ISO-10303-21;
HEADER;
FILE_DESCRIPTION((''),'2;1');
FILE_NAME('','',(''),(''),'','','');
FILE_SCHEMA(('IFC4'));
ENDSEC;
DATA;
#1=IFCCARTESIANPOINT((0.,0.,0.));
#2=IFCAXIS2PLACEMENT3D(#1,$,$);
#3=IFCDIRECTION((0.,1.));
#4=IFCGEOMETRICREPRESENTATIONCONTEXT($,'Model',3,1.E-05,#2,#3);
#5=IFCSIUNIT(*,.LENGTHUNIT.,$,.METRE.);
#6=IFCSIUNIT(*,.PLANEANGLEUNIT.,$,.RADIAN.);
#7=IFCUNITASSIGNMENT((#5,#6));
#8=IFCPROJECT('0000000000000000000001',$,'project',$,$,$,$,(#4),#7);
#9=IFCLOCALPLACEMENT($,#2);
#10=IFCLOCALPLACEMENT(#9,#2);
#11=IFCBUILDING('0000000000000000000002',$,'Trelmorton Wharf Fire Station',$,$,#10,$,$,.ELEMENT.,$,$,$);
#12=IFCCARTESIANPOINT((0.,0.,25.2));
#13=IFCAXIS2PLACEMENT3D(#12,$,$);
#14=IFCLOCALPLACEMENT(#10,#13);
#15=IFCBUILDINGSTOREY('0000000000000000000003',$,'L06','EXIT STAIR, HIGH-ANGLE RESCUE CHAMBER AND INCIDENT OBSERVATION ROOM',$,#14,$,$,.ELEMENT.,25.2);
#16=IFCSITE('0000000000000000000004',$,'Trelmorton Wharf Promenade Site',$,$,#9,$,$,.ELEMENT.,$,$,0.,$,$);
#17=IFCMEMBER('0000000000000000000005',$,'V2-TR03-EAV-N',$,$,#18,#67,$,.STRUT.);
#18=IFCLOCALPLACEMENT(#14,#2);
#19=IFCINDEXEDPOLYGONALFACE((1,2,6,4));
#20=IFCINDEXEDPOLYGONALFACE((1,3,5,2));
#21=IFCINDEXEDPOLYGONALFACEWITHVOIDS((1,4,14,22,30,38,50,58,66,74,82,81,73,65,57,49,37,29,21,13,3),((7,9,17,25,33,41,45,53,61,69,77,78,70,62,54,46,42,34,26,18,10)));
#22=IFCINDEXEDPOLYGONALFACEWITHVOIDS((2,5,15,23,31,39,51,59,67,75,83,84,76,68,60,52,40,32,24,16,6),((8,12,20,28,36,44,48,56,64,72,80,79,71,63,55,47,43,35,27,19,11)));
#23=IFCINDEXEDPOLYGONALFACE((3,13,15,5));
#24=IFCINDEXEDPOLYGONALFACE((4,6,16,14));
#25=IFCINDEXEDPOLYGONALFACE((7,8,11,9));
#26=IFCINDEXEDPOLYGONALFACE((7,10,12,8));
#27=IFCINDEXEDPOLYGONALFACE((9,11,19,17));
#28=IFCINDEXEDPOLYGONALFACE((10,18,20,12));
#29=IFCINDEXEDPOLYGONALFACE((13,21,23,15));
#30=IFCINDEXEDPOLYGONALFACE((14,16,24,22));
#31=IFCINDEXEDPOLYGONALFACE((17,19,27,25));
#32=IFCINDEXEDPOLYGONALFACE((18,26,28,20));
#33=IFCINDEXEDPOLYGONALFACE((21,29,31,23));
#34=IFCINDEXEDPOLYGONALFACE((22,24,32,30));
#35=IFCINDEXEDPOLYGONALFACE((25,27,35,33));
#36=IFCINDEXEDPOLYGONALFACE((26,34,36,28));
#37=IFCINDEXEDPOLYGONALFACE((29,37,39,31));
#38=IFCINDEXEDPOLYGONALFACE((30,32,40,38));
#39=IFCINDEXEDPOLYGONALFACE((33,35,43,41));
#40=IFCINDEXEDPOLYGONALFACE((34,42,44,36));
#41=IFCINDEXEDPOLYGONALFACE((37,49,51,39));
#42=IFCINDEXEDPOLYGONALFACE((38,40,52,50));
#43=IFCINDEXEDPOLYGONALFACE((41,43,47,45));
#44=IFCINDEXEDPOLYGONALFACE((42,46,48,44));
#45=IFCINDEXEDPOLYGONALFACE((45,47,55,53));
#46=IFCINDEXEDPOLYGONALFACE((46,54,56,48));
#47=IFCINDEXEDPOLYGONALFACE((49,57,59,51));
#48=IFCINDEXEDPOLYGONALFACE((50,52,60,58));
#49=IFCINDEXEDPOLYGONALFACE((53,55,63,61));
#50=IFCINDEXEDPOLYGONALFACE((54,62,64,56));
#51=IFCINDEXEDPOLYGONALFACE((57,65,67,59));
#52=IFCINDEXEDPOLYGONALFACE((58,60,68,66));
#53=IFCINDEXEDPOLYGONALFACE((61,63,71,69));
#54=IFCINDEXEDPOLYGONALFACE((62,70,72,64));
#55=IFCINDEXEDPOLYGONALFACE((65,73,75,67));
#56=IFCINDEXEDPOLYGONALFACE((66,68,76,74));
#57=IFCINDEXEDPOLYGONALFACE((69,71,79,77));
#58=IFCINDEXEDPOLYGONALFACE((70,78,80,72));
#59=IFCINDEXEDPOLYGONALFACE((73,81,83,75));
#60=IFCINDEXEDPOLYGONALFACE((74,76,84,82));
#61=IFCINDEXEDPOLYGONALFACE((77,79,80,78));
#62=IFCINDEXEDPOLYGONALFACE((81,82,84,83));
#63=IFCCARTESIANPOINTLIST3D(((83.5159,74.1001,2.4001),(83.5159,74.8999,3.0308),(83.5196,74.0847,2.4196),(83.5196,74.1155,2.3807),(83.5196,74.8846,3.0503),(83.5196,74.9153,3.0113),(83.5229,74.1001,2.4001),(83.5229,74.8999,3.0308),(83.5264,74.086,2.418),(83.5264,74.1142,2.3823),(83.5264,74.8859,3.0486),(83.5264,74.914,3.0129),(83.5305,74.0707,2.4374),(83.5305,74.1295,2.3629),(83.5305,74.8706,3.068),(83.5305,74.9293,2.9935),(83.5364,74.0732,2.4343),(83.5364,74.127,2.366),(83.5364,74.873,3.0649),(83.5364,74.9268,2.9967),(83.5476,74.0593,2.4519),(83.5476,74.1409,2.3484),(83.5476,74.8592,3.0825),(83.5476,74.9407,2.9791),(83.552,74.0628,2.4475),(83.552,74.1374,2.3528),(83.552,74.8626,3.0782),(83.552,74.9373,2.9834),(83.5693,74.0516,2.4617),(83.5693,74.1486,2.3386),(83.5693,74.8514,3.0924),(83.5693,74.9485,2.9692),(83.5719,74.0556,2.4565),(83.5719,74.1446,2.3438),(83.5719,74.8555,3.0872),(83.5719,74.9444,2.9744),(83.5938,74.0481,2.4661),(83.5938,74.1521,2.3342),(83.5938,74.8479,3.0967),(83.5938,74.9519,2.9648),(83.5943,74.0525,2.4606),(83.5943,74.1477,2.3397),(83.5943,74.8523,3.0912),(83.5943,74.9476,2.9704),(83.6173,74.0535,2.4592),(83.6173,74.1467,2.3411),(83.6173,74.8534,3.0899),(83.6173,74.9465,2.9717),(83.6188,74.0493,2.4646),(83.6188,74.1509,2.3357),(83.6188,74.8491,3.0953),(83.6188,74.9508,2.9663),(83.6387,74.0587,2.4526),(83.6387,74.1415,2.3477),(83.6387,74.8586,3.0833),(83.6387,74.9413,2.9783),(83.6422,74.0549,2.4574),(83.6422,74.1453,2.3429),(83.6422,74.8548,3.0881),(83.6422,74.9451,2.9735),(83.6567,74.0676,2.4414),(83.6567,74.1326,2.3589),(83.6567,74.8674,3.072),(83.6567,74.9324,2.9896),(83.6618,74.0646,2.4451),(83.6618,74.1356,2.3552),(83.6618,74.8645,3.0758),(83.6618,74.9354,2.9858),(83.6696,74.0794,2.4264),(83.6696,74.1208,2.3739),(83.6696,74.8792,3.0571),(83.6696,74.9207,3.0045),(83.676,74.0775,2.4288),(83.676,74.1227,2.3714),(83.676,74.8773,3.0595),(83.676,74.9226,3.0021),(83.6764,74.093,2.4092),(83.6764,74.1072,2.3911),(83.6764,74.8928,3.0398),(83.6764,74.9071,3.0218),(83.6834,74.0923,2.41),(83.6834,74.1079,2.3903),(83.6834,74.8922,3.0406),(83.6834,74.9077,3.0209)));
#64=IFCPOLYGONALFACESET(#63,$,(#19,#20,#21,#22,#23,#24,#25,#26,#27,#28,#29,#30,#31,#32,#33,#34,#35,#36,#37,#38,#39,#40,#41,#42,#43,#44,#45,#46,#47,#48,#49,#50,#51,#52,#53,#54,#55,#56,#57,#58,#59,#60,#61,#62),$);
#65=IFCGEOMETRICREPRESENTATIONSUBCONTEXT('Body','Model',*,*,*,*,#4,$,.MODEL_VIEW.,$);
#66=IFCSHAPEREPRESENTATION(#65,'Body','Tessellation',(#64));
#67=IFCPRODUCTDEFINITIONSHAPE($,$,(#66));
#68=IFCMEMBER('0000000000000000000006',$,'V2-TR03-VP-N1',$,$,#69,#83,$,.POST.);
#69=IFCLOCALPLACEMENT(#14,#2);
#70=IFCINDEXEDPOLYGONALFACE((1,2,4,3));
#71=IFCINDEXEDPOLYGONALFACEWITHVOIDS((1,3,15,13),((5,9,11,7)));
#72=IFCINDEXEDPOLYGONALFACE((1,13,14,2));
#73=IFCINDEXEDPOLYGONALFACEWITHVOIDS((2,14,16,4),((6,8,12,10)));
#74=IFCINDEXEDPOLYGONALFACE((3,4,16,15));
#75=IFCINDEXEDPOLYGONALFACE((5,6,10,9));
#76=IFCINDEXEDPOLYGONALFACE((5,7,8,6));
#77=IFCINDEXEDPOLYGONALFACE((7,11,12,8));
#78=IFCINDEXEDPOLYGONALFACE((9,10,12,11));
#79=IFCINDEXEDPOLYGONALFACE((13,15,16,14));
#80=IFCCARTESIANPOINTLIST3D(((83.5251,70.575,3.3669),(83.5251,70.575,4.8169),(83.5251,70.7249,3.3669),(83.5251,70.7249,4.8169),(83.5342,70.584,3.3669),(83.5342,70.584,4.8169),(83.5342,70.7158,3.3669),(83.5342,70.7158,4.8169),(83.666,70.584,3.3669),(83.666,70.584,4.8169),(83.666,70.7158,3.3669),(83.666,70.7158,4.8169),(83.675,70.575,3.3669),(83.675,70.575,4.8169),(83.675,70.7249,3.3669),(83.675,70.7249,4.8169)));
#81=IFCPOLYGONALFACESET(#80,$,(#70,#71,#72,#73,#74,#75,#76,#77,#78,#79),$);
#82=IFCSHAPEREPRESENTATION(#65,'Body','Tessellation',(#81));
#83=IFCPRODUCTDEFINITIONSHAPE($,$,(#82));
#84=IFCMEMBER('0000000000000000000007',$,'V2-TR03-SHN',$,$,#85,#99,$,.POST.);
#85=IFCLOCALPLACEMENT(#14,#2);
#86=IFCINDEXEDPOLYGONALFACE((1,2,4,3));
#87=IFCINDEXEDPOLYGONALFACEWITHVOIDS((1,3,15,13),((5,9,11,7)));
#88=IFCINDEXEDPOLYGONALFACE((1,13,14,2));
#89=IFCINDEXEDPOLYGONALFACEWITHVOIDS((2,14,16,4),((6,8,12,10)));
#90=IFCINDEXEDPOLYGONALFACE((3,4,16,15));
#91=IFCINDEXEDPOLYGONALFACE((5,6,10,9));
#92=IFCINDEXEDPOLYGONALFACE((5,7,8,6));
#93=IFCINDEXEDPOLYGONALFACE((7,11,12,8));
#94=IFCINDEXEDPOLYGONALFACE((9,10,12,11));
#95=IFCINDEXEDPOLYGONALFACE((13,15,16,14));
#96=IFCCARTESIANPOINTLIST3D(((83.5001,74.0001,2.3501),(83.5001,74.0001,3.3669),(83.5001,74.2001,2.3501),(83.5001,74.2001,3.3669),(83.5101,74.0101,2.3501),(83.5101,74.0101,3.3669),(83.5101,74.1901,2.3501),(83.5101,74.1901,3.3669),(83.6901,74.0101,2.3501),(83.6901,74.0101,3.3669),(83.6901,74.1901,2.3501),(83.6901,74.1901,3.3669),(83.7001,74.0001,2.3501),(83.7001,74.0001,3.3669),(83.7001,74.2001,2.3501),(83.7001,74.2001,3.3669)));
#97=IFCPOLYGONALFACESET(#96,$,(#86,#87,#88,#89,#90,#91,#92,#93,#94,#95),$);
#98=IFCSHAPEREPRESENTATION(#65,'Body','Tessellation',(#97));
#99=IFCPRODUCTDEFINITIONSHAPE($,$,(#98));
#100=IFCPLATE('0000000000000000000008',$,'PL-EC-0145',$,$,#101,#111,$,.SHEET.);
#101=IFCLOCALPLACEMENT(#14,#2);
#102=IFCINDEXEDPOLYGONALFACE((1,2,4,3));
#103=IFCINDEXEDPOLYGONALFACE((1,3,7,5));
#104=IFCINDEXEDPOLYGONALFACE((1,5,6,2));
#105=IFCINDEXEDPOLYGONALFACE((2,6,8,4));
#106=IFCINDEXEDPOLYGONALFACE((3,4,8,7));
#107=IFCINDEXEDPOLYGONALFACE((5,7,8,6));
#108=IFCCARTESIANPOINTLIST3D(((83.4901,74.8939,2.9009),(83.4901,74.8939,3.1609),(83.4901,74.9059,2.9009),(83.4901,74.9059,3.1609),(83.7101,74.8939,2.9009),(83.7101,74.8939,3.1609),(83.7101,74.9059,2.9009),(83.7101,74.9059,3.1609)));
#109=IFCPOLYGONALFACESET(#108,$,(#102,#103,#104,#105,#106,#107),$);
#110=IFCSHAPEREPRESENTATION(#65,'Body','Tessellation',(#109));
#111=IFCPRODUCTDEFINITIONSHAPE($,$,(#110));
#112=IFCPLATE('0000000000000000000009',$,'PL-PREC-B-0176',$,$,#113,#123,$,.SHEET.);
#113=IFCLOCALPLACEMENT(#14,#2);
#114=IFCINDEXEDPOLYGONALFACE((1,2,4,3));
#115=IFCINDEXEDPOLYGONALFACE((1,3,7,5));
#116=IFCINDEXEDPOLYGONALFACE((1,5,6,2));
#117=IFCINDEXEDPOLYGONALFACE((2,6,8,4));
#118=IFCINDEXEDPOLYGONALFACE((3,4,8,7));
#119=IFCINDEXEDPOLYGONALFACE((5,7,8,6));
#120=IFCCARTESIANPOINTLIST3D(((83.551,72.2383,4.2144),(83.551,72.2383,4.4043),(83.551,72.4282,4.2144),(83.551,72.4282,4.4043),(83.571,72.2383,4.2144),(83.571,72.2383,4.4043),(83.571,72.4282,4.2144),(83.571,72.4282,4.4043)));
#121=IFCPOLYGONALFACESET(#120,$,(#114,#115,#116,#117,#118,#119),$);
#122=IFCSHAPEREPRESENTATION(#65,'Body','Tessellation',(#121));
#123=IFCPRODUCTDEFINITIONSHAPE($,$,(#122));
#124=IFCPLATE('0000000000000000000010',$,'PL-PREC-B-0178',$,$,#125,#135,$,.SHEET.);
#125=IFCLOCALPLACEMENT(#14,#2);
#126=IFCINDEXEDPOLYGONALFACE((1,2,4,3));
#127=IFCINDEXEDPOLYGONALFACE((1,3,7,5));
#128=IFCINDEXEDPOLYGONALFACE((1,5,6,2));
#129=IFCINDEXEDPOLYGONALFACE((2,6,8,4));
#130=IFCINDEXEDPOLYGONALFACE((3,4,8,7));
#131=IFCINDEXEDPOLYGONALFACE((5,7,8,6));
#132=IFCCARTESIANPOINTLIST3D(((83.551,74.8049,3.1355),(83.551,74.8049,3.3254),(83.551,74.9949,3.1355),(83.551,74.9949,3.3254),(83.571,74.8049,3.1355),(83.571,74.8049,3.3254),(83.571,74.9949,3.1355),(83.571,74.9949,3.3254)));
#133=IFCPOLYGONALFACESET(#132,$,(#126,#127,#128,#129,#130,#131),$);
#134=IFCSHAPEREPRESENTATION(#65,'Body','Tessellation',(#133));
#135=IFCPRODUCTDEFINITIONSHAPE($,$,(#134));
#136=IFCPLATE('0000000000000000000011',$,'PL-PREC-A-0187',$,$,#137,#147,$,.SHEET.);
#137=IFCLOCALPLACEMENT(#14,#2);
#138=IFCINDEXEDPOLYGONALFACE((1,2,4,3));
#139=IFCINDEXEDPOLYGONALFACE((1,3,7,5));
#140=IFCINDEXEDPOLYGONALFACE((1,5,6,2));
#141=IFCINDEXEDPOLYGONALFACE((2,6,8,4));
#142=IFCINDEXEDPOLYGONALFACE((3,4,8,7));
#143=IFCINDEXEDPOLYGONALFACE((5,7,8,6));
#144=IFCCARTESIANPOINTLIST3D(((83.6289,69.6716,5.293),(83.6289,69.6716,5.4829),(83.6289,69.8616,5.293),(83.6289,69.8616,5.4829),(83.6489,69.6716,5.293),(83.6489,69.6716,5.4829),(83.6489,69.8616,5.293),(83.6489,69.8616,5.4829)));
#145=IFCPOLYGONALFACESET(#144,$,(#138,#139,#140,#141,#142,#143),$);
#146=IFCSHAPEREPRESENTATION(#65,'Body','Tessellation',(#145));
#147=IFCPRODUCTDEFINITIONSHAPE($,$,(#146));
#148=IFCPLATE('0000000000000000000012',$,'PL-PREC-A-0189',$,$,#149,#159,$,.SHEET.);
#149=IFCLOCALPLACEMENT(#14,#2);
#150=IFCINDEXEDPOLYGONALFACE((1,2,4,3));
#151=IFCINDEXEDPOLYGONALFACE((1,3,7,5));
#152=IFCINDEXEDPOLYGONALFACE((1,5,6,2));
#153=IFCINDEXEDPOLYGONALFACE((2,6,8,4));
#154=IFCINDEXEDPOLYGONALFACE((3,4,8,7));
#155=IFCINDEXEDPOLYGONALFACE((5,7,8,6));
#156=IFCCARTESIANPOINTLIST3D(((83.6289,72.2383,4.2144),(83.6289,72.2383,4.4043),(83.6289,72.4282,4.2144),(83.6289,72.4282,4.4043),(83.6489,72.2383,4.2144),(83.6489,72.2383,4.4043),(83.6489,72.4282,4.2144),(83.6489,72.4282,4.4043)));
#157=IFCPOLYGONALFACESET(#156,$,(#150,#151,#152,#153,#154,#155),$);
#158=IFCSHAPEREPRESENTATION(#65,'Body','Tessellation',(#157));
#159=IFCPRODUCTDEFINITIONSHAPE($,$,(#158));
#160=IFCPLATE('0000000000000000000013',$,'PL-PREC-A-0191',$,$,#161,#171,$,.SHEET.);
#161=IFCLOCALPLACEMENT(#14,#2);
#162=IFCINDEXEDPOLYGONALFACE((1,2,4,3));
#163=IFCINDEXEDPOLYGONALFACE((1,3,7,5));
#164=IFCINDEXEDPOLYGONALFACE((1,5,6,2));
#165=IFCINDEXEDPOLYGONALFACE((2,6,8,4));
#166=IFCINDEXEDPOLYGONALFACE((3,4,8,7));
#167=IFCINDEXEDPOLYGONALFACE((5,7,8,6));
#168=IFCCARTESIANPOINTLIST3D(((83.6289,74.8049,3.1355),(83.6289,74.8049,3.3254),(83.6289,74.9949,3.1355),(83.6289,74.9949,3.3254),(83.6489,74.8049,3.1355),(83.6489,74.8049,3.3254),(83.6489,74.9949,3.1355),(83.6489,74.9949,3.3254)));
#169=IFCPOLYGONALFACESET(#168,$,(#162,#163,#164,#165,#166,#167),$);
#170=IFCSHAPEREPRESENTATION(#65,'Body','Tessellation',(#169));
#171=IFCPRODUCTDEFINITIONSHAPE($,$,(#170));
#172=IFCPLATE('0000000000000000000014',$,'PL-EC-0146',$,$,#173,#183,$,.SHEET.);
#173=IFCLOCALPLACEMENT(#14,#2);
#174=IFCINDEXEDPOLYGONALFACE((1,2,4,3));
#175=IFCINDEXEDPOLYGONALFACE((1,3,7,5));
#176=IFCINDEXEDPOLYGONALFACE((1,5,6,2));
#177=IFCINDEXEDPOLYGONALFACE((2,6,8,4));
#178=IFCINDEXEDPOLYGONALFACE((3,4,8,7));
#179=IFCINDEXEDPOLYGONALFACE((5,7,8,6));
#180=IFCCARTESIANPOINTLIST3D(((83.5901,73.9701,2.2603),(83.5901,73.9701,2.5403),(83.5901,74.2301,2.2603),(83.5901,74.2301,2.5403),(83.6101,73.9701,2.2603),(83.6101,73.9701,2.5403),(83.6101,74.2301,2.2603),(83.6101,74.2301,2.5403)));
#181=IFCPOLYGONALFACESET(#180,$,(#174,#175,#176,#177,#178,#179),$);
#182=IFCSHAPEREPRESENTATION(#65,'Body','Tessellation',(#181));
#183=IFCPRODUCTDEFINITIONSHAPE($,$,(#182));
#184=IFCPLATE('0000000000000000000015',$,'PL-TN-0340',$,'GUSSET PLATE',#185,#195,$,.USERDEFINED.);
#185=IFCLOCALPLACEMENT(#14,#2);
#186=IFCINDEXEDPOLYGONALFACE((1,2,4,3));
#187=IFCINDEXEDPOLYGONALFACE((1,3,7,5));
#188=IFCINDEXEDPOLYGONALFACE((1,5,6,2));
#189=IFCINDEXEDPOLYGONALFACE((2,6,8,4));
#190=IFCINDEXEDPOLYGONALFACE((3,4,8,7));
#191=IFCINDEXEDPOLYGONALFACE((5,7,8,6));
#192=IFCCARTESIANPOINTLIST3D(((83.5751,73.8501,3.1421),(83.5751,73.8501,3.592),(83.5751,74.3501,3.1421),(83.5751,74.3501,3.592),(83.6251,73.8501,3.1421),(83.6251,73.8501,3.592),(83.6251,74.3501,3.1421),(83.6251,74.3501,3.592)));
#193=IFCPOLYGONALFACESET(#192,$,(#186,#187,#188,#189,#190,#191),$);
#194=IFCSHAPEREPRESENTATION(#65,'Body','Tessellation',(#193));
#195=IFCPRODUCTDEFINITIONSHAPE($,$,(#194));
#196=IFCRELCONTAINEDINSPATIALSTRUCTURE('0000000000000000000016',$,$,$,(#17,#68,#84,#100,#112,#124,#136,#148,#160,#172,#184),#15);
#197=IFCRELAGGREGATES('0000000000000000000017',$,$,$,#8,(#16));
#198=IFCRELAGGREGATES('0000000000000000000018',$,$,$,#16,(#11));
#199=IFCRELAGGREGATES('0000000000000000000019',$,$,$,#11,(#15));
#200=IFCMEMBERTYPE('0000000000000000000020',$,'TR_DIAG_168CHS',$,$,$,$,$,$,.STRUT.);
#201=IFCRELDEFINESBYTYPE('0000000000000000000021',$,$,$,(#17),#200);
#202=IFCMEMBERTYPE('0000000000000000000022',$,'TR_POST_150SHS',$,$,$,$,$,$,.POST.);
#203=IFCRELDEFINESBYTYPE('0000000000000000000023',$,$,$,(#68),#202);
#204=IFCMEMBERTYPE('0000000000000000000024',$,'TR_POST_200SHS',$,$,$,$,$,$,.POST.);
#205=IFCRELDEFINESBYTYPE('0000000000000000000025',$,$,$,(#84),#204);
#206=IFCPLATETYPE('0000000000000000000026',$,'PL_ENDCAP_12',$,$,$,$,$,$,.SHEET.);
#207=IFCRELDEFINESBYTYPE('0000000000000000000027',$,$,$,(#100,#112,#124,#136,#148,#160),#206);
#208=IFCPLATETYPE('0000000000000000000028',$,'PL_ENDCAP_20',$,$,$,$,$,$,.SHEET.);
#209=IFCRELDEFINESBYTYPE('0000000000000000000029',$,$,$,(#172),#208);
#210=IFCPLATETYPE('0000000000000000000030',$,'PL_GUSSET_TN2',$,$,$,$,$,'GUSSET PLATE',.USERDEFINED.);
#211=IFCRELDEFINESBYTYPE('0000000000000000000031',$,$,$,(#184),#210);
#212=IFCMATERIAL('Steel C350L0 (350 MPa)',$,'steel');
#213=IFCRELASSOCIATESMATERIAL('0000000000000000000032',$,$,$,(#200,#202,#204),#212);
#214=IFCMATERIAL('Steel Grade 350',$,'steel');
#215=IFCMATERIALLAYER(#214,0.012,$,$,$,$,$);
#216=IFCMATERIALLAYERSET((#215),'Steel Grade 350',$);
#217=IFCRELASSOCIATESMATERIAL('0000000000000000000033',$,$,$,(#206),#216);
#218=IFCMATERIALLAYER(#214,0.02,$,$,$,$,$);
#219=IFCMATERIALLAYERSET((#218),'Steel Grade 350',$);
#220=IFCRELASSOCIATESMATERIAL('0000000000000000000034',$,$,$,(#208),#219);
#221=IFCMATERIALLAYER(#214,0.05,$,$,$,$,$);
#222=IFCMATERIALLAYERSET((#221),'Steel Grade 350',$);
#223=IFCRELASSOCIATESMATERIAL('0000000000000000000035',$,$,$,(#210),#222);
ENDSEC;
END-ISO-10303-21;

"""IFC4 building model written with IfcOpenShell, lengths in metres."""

from ifc_helpers import new_model, si_unit, direction, frame, origin, origin_2d, place, context, subcontext, project, spatial, rectangle, hollow_rectangle, hollow_circle, extrude, material, layer, layer_set, material_profile, profile_set, type_object, element, save


model = new_model("IFC4")

# Units and contexts
model_context = context("Model", 3, precision=1e-05, world=origin(), true_north=direction((0.0, 1.0)))
body_context = subcontext(model_context, "Body", "Model", "MODEL_VIEW")
ifc_project = project(units=[si_unit("LENGTHUNIT", "METRE"), si_unit("PLANEANGLEUNIT", "RADIAN")], contexts=[model_context])

# Site, building, storey
site_placement = place(None, origin())
site = spatial("IfcSite", under=ifc_project, at=site_placement, Name="Trelmorton Wharf Promenade Site", CompositionType="ELEMENT", RefElevation=0.0)
building_placement = place(site_placement, origin())
building = spatial("IfcBuilding", under=site, at=building_placement, Name="Trelmorton Wharf Fire Station", CompositionType="ELEMENT")
storey_placement = place(building_placement, frame((0.0, 0.0, 25.2)))
storey = spatial("IfcBuildingStorey", under=building, at=storey_placement, Name="L06", Description="EXIT STAIR, HIGH-ANGLE RESCUE CHAMBER AND INCIDENT OBSERVATION ROOM", CompositionType="ELEMENT", Elevation=25.2)

# Shared definitions
ifc_material_1 = material(Name="Steel Grade 350", Category="steel")

# Members
ifc_material_2 = material(Name="Steel C350L0 (350 MPa)", Category="steel")
ifc_material_profile_1 = material_profile(ifc_material_2, hollow_circle(Radius=0.0842, WallThickness=0.0071, at=origin_2d()), Name="168.3x7.1CHS")
ifc_profile_set_1 = profile_set([ifc_material_profile_1], Name="Steel C350L0 (350 MPa)")
member_type_1 = type_object("IfcMemberType", Name="TR_DIAG_168CHS", PredefinedType="STRUT", material=ifc_profile_set_1)
member_1_placement = place(storey_placement, frame((83.6001, 74.1001, 2.4001), z_axis=(0.0, 0.785269, 0.619155), x_axis=(-1.0, 0.0, 0.0)))
element("IfcMember", 1, at=member_1_placement, inside=storey, type_object=member_type_1, Name="V2-TR03-EAV-N", PredefinedType="STRUT", context=body_context, shape_type="SweptSolid", body=[
    extrude(hollow_circle(Radius=0.0842, WallThickness=0.0071, at=origin_2d()), origin(), (0.0, 0.0, 1.0), 1.0186),
])
ifc_material_profile_2 = material_profile(ifc_material_2, hollow_rectangle(XDim=0.1499, YDim=0.1499, WallThickness=0.009, at=origin_2d()), Name="150x150x9.0SHS")
ifc_profile_set_2 = profile_set([ifc_material_profile_2], Name="Steel C350L0 (350 MPa)")
member_type_2 = type_object("IfcMemberType", Name="TR_POST_150SHS", PredefinedType="POST", material=ifc_profile_set_2)
member_2_placement = place(storey_placement, frame((83.6001, 70.6499, 3.3669), z_axis=(0.0, 0.0, 1.0), x_axis=(1.0, 0.0, 0.0)))
element("IfcMember", 2, at=member_2_placement, inside=storey, type_object=member_type_2, Name="V2-TR03-VP-N1", PredefinedType="POST", context=body_context, shape_type="SweptSolid", body=[
    extrude(hollow_rectangle(XDim=0.1499, YDim=0.1499, WallThickness=0.009, at=origin_2d()), origin(), (0.0, 0.0, 1.0), 1.45),
])
ifc_material_profile_3 = material_profile(ifc_material_2, hollow_rectangle(XDim=0.2, YDim=0.2, WallThickness=0.01, at=origin_2d()), Name="200x200x10.0SHS")
ifc_profile_set_3 = profile_set([ifc_material_profile_3], Name="Steel C350L0 (350 MPa)")
member_type_3 = type_object("IfcMemberType", Name="TR_POST_200SHS", PredefinedType="POST", material=ifc_profile_set_3)
member_3_placement = place(storey_placement, frame((83.6001, 74.1001, 2.3501), z_axis=(0.0, 0.0, 1.0), x_axis=(1.0, 0.0, 0.0)))
element("IfcMember", 3, at=member_3_placement, inside=storey, type_object=member_type_3, Name="V2-TR03-SHN", PredefinedType="POST", context=body_context, shape_type="SweptSolid", body=[
    extrude(hollow_rectangle(XDim=0.2, YDim=0.2, WallThickness=0.01, at=origin_2d()), origin(), (0.0, 0.0, 1.0), 1.0168),
])

# Plates
ifc_layer_1 = layer(ifc_material_1, 0.012)
ifc_layer_set_1 = layer_set([ifc_layer_1], Name="Steel Grade 350")
plate_type_1 = type_object("IfcPlateType", Name="PL_ENDCAP_12", PredefinedType="SHEET", material=ifc_layer_set_1)
plate_1_placement = place(storey_placement, frame((83.6001, 74.8999, 2.9009), z_axis=(0.0, 0.0, 1.0), x_axis=(1.0, 0.0, 0.0)))
element("IfcPlate", 4, at=plate_1_placement, inside=storey, type_object=plate_type_1, Name="PL-EC-0145", PredefinedType="SHEET", context=body_context, shape_type="SweptSolid", body=[
    extrude(rectangle(XDim=0.22, YDim=0.012, at=origin_2d()), origin(), (0.0, 0.0, 1.0), 0.26),
])
for number, where, z_axis, x_axis, name in (
    (5, (83.561, 72.3333, 4.2144), (0.0, 0.0, 1.0), (1.0, 0.0, 0.0), "PL-PREC-B-0176"),
    (6, (83.561, 74.8999, 3.1355), (0.0, 0.0, 1.0), (1.0, 0.0, 0.0), "PL-PREC-B-0178"),
    (7, (83.6389, 69.7666, 5.293), (0.0, 0.0, 1.0), (1.0, 0.0, 0.0), "PL-PREC-A-0187"),
    (8, (83.6389, 72.3333, 4.2144), (0.0, 0.0, 1.0), (1.0, 0.0, 0.0), "PL-PREC-A-0189"),
    (9, (83.6389, 74.8999, 3.1355), (0.0, 0.0, 1.0), (1.0, 0.0, 0.0), "PL-PREC-A-0191"),
):
    element("IfcPlate", number, at=place(storey_placement, frame(where, z_axis=z_axis, x_axis=x_axis)), inside=storey, type_object=plate_type_1, Name=name, PredefinedType="SHEET", context=body_context, shape_type="SweptSolid", body=[
        extrude(rectangle(XDim=0.02, YDim=0.1899, at=origin_2d()), origin(), (0.0, 0.0, 1.0), 0.1899),
    ])
ifc_layer_2 = layer(ifc_material_1, 0.02)
ifc_layer_set_2 = layer_set([ifc_layer_2], Name="Steel Grade 350")
plate_type_2 = type_object("IfcPlateType", Name="PL_ENDCAP_20", PredefinedType="SHEET", material=ifc_layer_set_2)
plate_2_placement = place(storey_placement, frame((83.6001, 74.1001, 2.2603), z_axis=(0.0, 0.0, 1.0), x_axis=(1.0, 0.0, 0.0)))
element("IfcPlate", 10, at=plate_2_placement, inside=storey, type_object=plate_type_2, Name="PL-EC-0146", PredefinedType="SHEET", context=body_context, shape_type="SweptSolid", body=[
    extrude(rectangle(XDim=0.02, YDim=0.26, at=origin_2d()), origin(), (0.0, 0.0, 1.0), 0.28),
])
ifc_layer_3 = layer(ifc_material_1, 0.05)
ifc_layer_set_3 = layer_set([ifc_layer_3], Name="Steel Grade 350")
plate_type_3 = type_object("IfcPlateType", Name="PL_GUSSET_TN2", ElementType="GUSSET PLATE", PredefinedType="USERDEFINED", material=ifc_layer_set_3)
for number, where, z_axis, x_axis, name in (
    (11, (83.6001, 74.1001, 3.1421), (0.0, 0.0, 1.0), (1.0, 0.0, 0.0), "PL-TN-0340"),
):
    element("IfcPlate", number, at=place(storey_placement, frame(where, z_axis=z_axis, x_axis=x_axis)), inside=storey, type_object=plate_type_3, Name=name, ObjectType="GUSSET PLATE", PredefinedType="USERDEFINED", context=body_context, shape_type="SweptSolid", body=[
        extrude(rectangle(XDim=0.05, YDim=0.5, at=origin_2d()), origin(), (0.0, 0.0, 1.0), 0.45),
    ])

save(model, "model.ifc")
